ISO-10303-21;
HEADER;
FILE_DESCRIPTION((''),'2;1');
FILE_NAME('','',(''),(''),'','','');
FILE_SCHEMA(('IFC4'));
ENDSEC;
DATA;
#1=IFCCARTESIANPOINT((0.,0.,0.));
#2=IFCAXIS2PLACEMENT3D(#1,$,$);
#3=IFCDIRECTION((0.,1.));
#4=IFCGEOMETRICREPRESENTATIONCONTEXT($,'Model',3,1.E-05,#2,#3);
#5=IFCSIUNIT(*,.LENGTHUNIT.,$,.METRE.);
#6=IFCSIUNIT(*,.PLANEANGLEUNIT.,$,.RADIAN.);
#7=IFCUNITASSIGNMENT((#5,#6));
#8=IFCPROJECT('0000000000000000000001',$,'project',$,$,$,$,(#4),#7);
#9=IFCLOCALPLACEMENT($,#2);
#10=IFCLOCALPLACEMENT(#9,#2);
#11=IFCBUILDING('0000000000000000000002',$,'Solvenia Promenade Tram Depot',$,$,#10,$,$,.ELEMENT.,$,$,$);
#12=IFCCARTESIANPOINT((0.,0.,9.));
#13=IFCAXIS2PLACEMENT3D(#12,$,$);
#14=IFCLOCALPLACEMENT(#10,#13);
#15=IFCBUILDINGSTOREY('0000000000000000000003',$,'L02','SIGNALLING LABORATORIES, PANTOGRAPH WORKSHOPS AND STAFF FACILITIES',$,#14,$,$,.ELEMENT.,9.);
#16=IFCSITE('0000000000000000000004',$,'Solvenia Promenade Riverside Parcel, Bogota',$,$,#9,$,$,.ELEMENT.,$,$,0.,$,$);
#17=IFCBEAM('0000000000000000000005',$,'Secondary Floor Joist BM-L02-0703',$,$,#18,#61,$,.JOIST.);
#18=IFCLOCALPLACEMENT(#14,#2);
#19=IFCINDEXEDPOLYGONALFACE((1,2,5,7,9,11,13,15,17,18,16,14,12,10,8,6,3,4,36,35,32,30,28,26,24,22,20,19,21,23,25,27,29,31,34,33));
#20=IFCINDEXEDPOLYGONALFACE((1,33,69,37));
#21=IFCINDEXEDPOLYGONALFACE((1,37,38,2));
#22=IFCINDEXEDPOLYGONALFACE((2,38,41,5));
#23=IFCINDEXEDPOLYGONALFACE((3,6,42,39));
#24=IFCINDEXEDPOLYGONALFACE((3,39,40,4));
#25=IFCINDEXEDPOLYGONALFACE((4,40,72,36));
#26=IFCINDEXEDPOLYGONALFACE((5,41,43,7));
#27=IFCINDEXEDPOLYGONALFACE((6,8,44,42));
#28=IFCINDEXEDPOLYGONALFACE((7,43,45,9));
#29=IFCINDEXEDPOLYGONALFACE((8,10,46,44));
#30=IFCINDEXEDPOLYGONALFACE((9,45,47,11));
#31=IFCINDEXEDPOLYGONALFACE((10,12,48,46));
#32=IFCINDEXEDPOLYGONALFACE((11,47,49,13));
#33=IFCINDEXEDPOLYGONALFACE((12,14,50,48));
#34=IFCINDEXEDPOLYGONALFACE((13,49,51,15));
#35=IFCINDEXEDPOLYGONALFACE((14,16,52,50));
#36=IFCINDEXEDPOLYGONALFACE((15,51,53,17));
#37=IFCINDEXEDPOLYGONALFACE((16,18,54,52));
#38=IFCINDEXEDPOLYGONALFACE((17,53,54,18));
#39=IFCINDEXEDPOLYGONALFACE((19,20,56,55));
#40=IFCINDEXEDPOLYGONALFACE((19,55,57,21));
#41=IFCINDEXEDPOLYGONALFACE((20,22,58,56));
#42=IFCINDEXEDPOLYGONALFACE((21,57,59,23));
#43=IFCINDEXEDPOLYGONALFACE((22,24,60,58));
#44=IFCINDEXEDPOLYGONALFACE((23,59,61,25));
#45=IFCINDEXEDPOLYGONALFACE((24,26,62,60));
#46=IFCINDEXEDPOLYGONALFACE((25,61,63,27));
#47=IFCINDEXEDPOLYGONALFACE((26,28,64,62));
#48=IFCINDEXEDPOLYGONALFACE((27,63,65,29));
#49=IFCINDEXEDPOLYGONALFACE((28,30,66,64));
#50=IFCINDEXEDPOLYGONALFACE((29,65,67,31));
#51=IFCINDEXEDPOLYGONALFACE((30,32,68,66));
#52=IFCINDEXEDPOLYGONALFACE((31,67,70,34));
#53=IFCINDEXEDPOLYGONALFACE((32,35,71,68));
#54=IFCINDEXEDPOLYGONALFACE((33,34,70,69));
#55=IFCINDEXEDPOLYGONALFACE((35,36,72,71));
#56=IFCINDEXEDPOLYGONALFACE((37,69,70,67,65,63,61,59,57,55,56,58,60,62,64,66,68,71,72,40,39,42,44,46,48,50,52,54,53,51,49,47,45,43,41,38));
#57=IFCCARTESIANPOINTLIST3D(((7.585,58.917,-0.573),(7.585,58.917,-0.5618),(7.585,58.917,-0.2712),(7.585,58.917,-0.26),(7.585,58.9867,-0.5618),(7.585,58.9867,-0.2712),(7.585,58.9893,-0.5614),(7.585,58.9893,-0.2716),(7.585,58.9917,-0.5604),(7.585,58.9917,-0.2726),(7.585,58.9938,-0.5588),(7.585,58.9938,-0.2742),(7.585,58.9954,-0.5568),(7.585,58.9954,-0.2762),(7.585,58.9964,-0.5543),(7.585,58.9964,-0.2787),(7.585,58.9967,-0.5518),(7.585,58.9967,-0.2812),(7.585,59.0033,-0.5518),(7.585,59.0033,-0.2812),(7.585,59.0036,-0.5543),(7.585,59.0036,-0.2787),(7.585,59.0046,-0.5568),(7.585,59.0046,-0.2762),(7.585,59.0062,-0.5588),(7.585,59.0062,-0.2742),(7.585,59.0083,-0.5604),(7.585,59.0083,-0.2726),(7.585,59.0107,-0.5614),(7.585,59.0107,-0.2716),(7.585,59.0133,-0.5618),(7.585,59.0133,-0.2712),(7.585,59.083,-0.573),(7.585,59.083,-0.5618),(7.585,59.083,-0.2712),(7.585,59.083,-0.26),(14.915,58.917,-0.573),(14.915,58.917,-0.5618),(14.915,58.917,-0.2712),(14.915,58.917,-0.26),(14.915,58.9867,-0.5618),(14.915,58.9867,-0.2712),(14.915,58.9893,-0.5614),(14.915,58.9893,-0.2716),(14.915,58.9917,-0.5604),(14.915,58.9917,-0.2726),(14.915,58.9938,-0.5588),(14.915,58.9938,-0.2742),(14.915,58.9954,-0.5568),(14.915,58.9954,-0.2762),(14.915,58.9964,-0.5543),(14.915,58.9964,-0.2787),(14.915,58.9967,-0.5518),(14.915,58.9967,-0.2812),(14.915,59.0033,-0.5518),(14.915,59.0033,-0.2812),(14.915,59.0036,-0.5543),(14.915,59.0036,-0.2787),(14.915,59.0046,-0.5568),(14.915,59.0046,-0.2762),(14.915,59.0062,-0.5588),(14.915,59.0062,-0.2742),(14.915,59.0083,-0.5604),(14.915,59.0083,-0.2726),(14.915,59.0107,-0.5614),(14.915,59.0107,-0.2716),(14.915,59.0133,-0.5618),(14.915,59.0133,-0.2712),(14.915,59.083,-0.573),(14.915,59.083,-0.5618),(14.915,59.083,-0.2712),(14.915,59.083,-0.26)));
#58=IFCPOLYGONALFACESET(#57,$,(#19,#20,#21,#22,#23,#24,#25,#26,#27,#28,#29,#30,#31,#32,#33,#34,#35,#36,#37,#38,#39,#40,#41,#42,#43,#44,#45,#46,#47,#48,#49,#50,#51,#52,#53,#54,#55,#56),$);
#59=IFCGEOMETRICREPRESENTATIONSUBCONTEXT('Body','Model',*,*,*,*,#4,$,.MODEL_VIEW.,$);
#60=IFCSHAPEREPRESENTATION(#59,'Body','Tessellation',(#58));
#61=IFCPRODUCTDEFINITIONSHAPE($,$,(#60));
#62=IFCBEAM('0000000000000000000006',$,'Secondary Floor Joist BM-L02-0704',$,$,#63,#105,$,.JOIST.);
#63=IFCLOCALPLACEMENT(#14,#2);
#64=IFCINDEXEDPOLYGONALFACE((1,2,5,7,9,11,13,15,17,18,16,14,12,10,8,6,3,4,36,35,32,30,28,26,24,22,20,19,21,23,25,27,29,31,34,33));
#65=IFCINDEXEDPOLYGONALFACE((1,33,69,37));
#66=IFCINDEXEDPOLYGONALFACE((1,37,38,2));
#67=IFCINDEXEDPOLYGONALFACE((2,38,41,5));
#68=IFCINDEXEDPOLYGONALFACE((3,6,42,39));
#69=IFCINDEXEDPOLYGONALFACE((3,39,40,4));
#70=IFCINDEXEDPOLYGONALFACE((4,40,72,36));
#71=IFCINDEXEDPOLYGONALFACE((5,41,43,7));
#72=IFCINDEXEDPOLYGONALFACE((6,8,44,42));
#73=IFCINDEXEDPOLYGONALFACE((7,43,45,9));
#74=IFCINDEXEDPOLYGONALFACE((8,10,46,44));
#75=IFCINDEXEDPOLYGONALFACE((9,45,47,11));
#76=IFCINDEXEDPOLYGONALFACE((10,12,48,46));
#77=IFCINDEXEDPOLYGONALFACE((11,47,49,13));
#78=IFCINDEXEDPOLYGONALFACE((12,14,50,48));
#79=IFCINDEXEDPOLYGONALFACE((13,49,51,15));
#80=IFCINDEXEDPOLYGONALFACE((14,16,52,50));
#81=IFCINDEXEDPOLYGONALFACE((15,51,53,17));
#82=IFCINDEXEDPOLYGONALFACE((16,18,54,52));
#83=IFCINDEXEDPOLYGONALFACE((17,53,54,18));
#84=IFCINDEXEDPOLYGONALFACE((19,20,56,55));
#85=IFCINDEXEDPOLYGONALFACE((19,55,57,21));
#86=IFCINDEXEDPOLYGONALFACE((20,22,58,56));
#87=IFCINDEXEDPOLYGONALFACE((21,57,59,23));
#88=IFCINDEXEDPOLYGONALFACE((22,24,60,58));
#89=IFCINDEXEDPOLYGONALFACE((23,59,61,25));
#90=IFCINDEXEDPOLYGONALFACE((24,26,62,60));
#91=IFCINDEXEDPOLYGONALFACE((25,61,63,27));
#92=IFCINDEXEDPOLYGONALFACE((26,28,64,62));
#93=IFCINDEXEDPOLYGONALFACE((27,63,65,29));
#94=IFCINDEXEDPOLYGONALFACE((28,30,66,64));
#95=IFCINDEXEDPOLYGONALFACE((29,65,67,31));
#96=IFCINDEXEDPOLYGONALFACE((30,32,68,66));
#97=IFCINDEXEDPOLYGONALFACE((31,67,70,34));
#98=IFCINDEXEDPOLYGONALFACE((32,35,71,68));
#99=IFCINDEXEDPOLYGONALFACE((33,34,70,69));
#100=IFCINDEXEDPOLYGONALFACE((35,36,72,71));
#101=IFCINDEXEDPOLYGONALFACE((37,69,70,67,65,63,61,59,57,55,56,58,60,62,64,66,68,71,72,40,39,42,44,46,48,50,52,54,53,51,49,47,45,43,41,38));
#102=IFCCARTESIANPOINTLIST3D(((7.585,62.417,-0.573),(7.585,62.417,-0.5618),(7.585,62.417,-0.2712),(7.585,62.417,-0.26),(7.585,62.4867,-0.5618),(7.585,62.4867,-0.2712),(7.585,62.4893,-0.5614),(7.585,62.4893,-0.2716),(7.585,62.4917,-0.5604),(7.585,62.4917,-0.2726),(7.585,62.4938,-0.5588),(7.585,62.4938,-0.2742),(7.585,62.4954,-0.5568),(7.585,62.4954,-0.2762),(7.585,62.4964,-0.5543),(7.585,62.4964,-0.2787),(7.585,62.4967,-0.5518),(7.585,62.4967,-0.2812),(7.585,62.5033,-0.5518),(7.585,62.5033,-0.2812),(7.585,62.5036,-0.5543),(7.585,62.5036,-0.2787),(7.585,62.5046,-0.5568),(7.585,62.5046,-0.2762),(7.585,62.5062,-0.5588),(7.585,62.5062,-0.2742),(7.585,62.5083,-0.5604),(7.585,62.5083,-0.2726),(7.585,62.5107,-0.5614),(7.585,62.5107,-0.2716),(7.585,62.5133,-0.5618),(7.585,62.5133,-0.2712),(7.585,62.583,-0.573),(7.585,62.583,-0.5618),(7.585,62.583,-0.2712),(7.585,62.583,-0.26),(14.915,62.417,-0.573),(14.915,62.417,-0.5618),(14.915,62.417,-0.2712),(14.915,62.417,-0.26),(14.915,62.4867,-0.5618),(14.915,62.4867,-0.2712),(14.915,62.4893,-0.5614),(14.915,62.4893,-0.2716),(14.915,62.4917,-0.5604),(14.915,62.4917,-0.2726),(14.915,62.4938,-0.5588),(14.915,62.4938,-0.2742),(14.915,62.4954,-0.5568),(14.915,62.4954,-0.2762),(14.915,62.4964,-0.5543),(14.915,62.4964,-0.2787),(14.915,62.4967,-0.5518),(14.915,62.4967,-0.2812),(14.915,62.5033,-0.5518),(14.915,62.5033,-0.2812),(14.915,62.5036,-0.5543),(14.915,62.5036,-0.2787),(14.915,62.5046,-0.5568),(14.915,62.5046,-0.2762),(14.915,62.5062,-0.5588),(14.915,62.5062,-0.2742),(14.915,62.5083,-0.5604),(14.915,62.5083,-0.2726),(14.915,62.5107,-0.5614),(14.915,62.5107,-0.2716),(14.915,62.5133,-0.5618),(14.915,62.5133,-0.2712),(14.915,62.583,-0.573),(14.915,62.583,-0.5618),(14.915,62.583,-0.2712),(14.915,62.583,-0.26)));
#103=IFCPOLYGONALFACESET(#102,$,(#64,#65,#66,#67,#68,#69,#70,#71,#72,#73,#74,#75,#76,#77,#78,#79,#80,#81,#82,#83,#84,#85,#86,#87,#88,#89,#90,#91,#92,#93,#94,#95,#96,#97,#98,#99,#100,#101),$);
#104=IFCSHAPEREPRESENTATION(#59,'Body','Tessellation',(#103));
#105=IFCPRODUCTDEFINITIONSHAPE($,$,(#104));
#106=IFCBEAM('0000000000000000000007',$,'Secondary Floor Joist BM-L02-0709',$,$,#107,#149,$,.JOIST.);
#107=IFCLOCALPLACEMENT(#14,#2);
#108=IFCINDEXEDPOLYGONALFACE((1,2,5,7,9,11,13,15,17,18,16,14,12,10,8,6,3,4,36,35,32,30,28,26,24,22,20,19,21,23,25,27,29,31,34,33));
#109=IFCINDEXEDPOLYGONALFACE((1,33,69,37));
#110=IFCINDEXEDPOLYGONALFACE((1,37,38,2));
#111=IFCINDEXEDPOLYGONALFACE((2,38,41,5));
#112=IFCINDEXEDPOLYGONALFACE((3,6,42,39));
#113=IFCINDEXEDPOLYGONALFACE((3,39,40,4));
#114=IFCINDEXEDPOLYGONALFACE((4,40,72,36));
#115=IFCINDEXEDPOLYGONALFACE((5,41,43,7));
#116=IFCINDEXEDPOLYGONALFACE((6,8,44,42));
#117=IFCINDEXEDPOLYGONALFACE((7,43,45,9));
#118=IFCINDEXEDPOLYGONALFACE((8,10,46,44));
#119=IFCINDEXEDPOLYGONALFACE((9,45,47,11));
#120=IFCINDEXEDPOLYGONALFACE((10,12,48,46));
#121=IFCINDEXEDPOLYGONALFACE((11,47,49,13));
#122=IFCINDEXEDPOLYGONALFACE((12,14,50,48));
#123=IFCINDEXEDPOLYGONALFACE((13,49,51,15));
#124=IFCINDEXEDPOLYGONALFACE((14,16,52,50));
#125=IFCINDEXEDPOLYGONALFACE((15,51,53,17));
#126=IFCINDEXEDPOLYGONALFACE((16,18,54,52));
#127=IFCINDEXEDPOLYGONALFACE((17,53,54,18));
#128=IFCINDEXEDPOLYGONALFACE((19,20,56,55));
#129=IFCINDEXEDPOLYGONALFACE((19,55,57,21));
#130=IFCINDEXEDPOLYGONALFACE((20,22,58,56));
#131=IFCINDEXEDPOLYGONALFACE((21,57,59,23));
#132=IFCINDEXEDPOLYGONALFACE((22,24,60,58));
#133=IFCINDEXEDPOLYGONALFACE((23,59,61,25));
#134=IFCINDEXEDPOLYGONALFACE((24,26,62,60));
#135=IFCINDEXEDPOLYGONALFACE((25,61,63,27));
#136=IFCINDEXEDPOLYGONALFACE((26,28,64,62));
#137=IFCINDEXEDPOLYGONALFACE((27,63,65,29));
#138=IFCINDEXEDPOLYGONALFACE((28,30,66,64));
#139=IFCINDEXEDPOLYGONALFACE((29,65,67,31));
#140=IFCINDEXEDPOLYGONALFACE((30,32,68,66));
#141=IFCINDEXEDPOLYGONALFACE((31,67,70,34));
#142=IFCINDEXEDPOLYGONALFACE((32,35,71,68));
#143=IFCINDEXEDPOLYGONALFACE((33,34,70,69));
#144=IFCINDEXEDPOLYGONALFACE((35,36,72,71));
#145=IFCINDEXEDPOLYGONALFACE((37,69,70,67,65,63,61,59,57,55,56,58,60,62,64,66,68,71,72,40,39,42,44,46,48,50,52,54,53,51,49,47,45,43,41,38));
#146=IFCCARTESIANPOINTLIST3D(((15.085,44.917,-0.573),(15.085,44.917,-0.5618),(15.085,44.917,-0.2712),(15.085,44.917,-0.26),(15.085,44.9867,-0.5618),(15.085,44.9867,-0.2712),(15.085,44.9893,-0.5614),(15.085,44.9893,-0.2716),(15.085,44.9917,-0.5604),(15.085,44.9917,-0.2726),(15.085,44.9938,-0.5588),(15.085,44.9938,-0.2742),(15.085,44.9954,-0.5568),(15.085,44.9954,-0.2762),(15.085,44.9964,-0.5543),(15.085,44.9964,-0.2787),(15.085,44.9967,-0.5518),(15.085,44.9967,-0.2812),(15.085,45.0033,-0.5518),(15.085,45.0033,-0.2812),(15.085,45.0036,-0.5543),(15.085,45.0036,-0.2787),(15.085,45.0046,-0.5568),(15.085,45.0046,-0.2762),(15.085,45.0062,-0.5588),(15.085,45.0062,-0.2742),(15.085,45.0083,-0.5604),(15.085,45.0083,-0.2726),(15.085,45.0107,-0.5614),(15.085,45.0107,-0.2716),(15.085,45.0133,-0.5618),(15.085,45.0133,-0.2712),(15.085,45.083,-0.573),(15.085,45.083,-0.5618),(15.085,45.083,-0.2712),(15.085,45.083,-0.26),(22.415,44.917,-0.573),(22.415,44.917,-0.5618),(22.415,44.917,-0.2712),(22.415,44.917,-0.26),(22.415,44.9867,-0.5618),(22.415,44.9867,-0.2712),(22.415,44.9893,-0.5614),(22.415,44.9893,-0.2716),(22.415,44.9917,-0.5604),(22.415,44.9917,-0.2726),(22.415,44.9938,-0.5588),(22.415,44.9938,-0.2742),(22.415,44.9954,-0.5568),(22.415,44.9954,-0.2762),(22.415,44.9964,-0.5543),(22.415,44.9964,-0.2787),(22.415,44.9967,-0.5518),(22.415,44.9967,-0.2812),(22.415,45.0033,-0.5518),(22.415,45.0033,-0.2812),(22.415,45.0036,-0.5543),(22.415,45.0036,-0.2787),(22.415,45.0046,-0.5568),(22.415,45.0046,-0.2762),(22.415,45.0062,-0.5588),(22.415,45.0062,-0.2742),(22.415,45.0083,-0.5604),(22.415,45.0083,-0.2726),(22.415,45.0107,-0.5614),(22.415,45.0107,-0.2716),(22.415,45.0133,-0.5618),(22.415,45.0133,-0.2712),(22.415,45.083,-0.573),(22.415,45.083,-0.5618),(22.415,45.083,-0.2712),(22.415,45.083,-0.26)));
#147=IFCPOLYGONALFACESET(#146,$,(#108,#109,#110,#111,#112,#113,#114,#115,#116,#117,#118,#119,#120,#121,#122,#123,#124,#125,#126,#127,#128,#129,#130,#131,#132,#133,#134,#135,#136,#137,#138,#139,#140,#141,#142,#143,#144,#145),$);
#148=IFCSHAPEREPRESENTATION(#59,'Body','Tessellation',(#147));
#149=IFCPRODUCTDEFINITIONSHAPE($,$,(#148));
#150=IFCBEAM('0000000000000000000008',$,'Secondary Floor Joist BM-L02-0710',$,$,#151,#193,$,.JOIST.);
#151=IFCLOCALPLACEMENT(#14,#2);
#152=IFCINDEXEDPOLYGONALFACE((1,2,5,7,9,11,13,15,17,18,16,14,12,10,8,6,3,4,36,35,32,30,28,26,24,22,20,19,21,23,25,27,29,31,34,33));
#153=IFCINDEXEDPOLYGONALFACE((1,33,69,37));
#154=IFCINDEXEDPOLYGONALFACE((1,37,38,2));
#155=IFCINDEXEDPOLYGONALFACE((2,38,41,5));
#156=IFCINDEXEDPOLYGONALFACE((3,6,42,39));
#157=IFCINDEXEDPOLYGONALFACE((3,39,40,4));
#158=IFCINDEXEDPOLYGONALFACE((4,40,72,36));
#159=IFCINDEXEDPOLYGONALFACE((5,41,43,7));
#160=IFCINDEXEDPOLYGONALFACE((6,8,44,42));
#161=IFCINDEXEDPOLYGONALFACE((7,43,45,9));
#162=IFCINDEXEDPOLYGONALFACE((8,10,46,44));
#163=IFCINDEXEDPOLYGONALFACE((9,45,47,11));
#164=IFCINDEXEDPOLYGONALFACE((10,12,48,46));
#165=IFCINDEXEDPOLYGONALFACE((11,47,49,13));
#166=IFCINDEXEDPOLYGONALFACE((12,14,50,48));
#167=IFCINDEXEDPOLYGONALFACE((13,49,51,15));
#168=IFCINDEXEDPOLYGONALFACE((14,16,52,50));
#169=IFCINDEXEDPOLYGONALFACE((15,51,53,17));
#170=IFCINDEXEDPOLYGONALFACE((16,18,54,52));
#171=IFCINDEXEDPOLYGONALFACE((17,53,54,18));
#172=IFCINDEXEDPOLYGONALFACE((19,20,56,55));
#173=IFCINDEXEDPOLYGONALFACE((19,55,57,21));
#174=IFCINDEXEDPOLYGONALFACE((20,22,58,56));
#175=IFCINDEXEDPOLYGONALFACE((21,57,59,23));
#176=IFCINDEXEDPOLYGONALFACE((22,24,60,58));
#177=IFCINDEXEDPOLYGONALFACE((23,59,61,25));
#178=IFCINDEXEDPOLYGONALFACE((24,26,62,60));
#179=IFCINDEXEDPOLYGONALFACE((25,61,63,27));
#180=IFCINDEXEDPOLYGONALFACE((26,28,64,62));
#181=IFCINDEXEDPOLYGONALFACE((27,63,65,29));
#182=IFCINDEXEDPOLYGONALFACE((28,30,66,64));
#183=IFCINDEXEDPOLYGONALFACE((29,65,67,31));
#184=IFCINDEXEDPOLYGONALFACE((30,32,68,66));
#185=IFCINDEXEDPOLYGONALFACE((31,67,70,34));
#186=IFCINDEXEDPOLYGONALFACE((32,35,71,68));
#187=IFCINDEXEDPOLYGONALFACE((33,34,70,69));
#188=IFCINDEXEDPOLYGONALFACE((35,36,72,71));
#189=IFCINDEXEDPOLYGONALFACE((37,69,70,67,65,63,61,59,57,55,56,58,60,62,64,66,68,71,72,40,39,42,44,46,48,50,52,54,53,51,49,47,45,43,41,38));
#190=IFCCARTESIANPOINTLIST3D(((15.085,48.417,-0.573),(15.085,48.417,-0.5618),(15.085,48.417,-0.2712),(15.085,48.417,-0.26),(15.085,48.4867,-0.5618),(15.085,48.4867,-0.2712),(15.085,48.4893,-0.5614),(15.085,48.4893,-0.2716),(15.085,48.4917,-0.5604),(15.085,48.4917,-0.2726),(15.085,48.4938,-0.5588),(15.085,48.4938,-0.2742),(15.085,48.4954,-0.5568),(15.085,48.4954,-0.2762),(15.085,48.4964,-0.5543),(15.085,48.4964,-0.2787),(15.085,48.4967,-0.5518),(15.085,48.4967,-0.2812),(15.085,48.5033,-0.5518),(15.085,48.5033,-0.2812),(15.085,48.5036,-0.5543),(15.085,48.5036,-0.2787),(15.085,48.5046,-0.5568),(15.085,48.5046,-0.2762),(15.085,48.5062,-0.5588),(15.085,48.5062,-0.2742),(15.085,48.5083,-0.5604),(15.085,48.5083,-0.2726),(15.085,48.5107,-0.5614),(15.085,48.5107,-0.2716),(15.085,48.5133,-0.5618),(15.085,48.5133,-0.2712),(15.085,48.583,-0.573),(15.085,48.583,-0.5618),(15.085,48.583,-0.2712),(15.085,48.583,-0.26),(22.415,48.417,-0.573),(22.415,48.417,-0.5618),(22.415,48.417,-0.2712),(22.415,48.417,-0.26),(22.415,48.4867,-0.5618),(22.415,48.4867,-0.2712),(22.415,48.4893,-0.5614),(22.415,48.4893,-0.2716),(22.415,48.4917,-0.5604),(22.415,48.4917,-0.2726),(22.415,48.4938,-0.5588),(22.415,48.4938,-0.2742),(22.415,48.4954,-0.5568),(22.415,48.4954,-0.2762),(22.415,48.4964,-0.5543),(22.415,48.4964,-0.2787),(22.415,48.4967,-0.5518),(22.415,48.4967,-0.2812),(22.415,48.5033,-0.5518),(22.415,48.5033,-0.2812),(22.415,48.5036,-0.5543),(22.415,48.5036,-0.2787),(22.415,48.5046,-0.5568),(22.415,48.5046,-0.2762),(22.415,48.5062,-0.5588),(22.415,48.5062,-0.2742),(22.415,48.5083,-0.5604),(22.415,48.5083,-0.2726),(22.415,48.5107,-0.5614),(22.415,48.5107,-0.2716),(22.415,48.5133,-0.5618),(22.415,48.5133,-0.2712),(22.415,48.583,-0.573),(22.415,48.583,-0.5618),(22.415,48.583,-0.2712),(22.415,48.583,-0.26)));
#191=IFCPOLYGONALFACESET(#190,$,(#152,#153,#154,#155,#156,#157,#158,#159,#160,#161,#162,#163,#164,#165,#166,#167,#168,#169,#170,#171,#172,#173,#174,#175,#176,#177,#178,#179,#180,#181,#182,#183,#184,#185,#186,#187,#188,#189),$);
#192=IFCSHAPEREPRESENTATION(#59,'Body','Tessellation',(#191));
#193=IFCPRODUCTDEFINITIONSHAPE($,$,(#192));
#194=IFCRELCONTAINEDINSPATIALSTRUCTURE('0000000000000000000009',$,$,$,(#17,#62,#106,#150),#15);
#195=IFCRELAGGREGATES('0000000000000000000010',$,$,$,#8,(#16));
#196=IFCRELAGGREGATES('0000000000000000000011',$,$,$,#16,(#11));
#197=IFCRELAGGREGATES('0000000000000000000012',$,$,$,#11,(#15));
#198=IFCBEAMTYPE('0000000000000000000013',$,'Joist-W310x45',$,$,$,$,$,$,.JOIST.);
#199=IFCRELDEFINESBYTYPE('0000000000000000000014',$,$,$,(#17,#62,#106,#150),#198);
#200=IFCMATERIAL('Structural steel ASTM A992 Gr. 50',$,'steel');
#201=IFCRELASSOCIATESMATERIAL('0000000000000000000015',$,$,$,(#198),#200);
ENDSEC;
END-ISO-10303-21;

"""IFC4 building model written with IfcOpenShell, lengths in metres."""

from ifc_helpers import new_model, si_unit, direction, frame, origin, origin_2d, place, context, subcontext, project, spatial, i_section, extrude, material, material_profile, profile_set, type_object, element, save


model = new_model("IFC4")

# Units and contexts
model_context = context("Model", 3, precision=1e-05, world=origin(), true_north=direction((0.0, 1.0)))
body_context = subcontext(model_context, "Body", "Model", "MODEL_VIEW")
ifc_project = project(units=[si_unit("LENGTHUNIT", "METRE"), si_unit("PLANEANGLEUNIT", "RADIAN")], contexts=[model_context])

# Site, building, storey
site_placement = place(None, origin())
site = spatial("IfcSite", under=ifc_project, at=site_placement, Name="Solvenia Promenade Riverside Parcel, Bogota", CompositionType="ELEMENT", RefElevation=0.0)
building_placement = place(site_placement, origin())
building = spatial("IfcBuilding", under=site, at=building_placement, Name="Solvenia Promenade Tram Depot", CompositionType="ELEMENT")
storey_placement = place(building_placement, frame((0.0, 0.0, 9.0)))
storey = spatial("IfcBuildingStorey", under=building, at=storey_placement, Name="L02", Description="SIGNALLING LABORATORIES, PANTOGRAPH WORKSHOPS AND STAFF FACILITIES", CompositionType="ELEMENT", Elevation=9.0)

# Beams
ifc_material = material(Name="Structural steel ASTM A992 Gr. 50", Category="steel")
ifc_material_profile_1 = material_profile(ifc_material, i_section(OverallWidth=0.166, OverallDepth=0.313, WebThickness=0.0066, FlangeThickness=0.0112, FilletRadius=0.01, at=origin_2d()), Name="W310x45", Category="steel")
ifc_profile_set_1 = profile_set([ifc_material_profile_1], Name="Structural steel ASTM A992 Gr. 50")
beam_type_1 = type_object("IfcBeamType", Name="Joist-W310x45", PredefinedType="JOIST", material=ifc_profile_set_1)
for number, where, z_axis, x_axis, name in (
    (1, (7.585, 59.0, -0.4165), (1.0, 0.0, 0.0), (0.0, 1.0, 0.0), "Secondary Floor Joist BM-L02-0703"),
    (2, (7.585, 62.5, -0.4165), (1.0, 0.0, 0.0), (0.0, 1.0, 0.0), "Secondary Floor Joist BM-L02-0704"),
    (3, (15.085, 45.0, -0.4165), (1.0, 0.0, 0.0), (0.0, 1.0, 0.0), "Secondary Floor Joist BM-L02-0709"),
    (4, (15.085, 48.5, -0.4165), (1.0, 0.0, 0.0), (0.0, 1.0, 0.0), "Secondary Floor Joist BM-L02-0710"),
):
    element("IfcBeam", number, at=place(storey_placement, frame(where, z_axis=z_axis, x_axis=x_axis)), inside=storey, type_object=beam_type_1, Name=name, PredefinedType="JOIST", context=body_context, shape_type="SweptSolid", body=[
        extrude(i_section(OverallWidth=0.166, OverallDepth=0.313, WebThickness=0.0066, FlangeThickness=0.0112, FilletRadius=0.01, at=origin_2d()), origin(), (0.0, 0.0, 1.0), 7.3301),
    ])

save(model, "model.ifc")
